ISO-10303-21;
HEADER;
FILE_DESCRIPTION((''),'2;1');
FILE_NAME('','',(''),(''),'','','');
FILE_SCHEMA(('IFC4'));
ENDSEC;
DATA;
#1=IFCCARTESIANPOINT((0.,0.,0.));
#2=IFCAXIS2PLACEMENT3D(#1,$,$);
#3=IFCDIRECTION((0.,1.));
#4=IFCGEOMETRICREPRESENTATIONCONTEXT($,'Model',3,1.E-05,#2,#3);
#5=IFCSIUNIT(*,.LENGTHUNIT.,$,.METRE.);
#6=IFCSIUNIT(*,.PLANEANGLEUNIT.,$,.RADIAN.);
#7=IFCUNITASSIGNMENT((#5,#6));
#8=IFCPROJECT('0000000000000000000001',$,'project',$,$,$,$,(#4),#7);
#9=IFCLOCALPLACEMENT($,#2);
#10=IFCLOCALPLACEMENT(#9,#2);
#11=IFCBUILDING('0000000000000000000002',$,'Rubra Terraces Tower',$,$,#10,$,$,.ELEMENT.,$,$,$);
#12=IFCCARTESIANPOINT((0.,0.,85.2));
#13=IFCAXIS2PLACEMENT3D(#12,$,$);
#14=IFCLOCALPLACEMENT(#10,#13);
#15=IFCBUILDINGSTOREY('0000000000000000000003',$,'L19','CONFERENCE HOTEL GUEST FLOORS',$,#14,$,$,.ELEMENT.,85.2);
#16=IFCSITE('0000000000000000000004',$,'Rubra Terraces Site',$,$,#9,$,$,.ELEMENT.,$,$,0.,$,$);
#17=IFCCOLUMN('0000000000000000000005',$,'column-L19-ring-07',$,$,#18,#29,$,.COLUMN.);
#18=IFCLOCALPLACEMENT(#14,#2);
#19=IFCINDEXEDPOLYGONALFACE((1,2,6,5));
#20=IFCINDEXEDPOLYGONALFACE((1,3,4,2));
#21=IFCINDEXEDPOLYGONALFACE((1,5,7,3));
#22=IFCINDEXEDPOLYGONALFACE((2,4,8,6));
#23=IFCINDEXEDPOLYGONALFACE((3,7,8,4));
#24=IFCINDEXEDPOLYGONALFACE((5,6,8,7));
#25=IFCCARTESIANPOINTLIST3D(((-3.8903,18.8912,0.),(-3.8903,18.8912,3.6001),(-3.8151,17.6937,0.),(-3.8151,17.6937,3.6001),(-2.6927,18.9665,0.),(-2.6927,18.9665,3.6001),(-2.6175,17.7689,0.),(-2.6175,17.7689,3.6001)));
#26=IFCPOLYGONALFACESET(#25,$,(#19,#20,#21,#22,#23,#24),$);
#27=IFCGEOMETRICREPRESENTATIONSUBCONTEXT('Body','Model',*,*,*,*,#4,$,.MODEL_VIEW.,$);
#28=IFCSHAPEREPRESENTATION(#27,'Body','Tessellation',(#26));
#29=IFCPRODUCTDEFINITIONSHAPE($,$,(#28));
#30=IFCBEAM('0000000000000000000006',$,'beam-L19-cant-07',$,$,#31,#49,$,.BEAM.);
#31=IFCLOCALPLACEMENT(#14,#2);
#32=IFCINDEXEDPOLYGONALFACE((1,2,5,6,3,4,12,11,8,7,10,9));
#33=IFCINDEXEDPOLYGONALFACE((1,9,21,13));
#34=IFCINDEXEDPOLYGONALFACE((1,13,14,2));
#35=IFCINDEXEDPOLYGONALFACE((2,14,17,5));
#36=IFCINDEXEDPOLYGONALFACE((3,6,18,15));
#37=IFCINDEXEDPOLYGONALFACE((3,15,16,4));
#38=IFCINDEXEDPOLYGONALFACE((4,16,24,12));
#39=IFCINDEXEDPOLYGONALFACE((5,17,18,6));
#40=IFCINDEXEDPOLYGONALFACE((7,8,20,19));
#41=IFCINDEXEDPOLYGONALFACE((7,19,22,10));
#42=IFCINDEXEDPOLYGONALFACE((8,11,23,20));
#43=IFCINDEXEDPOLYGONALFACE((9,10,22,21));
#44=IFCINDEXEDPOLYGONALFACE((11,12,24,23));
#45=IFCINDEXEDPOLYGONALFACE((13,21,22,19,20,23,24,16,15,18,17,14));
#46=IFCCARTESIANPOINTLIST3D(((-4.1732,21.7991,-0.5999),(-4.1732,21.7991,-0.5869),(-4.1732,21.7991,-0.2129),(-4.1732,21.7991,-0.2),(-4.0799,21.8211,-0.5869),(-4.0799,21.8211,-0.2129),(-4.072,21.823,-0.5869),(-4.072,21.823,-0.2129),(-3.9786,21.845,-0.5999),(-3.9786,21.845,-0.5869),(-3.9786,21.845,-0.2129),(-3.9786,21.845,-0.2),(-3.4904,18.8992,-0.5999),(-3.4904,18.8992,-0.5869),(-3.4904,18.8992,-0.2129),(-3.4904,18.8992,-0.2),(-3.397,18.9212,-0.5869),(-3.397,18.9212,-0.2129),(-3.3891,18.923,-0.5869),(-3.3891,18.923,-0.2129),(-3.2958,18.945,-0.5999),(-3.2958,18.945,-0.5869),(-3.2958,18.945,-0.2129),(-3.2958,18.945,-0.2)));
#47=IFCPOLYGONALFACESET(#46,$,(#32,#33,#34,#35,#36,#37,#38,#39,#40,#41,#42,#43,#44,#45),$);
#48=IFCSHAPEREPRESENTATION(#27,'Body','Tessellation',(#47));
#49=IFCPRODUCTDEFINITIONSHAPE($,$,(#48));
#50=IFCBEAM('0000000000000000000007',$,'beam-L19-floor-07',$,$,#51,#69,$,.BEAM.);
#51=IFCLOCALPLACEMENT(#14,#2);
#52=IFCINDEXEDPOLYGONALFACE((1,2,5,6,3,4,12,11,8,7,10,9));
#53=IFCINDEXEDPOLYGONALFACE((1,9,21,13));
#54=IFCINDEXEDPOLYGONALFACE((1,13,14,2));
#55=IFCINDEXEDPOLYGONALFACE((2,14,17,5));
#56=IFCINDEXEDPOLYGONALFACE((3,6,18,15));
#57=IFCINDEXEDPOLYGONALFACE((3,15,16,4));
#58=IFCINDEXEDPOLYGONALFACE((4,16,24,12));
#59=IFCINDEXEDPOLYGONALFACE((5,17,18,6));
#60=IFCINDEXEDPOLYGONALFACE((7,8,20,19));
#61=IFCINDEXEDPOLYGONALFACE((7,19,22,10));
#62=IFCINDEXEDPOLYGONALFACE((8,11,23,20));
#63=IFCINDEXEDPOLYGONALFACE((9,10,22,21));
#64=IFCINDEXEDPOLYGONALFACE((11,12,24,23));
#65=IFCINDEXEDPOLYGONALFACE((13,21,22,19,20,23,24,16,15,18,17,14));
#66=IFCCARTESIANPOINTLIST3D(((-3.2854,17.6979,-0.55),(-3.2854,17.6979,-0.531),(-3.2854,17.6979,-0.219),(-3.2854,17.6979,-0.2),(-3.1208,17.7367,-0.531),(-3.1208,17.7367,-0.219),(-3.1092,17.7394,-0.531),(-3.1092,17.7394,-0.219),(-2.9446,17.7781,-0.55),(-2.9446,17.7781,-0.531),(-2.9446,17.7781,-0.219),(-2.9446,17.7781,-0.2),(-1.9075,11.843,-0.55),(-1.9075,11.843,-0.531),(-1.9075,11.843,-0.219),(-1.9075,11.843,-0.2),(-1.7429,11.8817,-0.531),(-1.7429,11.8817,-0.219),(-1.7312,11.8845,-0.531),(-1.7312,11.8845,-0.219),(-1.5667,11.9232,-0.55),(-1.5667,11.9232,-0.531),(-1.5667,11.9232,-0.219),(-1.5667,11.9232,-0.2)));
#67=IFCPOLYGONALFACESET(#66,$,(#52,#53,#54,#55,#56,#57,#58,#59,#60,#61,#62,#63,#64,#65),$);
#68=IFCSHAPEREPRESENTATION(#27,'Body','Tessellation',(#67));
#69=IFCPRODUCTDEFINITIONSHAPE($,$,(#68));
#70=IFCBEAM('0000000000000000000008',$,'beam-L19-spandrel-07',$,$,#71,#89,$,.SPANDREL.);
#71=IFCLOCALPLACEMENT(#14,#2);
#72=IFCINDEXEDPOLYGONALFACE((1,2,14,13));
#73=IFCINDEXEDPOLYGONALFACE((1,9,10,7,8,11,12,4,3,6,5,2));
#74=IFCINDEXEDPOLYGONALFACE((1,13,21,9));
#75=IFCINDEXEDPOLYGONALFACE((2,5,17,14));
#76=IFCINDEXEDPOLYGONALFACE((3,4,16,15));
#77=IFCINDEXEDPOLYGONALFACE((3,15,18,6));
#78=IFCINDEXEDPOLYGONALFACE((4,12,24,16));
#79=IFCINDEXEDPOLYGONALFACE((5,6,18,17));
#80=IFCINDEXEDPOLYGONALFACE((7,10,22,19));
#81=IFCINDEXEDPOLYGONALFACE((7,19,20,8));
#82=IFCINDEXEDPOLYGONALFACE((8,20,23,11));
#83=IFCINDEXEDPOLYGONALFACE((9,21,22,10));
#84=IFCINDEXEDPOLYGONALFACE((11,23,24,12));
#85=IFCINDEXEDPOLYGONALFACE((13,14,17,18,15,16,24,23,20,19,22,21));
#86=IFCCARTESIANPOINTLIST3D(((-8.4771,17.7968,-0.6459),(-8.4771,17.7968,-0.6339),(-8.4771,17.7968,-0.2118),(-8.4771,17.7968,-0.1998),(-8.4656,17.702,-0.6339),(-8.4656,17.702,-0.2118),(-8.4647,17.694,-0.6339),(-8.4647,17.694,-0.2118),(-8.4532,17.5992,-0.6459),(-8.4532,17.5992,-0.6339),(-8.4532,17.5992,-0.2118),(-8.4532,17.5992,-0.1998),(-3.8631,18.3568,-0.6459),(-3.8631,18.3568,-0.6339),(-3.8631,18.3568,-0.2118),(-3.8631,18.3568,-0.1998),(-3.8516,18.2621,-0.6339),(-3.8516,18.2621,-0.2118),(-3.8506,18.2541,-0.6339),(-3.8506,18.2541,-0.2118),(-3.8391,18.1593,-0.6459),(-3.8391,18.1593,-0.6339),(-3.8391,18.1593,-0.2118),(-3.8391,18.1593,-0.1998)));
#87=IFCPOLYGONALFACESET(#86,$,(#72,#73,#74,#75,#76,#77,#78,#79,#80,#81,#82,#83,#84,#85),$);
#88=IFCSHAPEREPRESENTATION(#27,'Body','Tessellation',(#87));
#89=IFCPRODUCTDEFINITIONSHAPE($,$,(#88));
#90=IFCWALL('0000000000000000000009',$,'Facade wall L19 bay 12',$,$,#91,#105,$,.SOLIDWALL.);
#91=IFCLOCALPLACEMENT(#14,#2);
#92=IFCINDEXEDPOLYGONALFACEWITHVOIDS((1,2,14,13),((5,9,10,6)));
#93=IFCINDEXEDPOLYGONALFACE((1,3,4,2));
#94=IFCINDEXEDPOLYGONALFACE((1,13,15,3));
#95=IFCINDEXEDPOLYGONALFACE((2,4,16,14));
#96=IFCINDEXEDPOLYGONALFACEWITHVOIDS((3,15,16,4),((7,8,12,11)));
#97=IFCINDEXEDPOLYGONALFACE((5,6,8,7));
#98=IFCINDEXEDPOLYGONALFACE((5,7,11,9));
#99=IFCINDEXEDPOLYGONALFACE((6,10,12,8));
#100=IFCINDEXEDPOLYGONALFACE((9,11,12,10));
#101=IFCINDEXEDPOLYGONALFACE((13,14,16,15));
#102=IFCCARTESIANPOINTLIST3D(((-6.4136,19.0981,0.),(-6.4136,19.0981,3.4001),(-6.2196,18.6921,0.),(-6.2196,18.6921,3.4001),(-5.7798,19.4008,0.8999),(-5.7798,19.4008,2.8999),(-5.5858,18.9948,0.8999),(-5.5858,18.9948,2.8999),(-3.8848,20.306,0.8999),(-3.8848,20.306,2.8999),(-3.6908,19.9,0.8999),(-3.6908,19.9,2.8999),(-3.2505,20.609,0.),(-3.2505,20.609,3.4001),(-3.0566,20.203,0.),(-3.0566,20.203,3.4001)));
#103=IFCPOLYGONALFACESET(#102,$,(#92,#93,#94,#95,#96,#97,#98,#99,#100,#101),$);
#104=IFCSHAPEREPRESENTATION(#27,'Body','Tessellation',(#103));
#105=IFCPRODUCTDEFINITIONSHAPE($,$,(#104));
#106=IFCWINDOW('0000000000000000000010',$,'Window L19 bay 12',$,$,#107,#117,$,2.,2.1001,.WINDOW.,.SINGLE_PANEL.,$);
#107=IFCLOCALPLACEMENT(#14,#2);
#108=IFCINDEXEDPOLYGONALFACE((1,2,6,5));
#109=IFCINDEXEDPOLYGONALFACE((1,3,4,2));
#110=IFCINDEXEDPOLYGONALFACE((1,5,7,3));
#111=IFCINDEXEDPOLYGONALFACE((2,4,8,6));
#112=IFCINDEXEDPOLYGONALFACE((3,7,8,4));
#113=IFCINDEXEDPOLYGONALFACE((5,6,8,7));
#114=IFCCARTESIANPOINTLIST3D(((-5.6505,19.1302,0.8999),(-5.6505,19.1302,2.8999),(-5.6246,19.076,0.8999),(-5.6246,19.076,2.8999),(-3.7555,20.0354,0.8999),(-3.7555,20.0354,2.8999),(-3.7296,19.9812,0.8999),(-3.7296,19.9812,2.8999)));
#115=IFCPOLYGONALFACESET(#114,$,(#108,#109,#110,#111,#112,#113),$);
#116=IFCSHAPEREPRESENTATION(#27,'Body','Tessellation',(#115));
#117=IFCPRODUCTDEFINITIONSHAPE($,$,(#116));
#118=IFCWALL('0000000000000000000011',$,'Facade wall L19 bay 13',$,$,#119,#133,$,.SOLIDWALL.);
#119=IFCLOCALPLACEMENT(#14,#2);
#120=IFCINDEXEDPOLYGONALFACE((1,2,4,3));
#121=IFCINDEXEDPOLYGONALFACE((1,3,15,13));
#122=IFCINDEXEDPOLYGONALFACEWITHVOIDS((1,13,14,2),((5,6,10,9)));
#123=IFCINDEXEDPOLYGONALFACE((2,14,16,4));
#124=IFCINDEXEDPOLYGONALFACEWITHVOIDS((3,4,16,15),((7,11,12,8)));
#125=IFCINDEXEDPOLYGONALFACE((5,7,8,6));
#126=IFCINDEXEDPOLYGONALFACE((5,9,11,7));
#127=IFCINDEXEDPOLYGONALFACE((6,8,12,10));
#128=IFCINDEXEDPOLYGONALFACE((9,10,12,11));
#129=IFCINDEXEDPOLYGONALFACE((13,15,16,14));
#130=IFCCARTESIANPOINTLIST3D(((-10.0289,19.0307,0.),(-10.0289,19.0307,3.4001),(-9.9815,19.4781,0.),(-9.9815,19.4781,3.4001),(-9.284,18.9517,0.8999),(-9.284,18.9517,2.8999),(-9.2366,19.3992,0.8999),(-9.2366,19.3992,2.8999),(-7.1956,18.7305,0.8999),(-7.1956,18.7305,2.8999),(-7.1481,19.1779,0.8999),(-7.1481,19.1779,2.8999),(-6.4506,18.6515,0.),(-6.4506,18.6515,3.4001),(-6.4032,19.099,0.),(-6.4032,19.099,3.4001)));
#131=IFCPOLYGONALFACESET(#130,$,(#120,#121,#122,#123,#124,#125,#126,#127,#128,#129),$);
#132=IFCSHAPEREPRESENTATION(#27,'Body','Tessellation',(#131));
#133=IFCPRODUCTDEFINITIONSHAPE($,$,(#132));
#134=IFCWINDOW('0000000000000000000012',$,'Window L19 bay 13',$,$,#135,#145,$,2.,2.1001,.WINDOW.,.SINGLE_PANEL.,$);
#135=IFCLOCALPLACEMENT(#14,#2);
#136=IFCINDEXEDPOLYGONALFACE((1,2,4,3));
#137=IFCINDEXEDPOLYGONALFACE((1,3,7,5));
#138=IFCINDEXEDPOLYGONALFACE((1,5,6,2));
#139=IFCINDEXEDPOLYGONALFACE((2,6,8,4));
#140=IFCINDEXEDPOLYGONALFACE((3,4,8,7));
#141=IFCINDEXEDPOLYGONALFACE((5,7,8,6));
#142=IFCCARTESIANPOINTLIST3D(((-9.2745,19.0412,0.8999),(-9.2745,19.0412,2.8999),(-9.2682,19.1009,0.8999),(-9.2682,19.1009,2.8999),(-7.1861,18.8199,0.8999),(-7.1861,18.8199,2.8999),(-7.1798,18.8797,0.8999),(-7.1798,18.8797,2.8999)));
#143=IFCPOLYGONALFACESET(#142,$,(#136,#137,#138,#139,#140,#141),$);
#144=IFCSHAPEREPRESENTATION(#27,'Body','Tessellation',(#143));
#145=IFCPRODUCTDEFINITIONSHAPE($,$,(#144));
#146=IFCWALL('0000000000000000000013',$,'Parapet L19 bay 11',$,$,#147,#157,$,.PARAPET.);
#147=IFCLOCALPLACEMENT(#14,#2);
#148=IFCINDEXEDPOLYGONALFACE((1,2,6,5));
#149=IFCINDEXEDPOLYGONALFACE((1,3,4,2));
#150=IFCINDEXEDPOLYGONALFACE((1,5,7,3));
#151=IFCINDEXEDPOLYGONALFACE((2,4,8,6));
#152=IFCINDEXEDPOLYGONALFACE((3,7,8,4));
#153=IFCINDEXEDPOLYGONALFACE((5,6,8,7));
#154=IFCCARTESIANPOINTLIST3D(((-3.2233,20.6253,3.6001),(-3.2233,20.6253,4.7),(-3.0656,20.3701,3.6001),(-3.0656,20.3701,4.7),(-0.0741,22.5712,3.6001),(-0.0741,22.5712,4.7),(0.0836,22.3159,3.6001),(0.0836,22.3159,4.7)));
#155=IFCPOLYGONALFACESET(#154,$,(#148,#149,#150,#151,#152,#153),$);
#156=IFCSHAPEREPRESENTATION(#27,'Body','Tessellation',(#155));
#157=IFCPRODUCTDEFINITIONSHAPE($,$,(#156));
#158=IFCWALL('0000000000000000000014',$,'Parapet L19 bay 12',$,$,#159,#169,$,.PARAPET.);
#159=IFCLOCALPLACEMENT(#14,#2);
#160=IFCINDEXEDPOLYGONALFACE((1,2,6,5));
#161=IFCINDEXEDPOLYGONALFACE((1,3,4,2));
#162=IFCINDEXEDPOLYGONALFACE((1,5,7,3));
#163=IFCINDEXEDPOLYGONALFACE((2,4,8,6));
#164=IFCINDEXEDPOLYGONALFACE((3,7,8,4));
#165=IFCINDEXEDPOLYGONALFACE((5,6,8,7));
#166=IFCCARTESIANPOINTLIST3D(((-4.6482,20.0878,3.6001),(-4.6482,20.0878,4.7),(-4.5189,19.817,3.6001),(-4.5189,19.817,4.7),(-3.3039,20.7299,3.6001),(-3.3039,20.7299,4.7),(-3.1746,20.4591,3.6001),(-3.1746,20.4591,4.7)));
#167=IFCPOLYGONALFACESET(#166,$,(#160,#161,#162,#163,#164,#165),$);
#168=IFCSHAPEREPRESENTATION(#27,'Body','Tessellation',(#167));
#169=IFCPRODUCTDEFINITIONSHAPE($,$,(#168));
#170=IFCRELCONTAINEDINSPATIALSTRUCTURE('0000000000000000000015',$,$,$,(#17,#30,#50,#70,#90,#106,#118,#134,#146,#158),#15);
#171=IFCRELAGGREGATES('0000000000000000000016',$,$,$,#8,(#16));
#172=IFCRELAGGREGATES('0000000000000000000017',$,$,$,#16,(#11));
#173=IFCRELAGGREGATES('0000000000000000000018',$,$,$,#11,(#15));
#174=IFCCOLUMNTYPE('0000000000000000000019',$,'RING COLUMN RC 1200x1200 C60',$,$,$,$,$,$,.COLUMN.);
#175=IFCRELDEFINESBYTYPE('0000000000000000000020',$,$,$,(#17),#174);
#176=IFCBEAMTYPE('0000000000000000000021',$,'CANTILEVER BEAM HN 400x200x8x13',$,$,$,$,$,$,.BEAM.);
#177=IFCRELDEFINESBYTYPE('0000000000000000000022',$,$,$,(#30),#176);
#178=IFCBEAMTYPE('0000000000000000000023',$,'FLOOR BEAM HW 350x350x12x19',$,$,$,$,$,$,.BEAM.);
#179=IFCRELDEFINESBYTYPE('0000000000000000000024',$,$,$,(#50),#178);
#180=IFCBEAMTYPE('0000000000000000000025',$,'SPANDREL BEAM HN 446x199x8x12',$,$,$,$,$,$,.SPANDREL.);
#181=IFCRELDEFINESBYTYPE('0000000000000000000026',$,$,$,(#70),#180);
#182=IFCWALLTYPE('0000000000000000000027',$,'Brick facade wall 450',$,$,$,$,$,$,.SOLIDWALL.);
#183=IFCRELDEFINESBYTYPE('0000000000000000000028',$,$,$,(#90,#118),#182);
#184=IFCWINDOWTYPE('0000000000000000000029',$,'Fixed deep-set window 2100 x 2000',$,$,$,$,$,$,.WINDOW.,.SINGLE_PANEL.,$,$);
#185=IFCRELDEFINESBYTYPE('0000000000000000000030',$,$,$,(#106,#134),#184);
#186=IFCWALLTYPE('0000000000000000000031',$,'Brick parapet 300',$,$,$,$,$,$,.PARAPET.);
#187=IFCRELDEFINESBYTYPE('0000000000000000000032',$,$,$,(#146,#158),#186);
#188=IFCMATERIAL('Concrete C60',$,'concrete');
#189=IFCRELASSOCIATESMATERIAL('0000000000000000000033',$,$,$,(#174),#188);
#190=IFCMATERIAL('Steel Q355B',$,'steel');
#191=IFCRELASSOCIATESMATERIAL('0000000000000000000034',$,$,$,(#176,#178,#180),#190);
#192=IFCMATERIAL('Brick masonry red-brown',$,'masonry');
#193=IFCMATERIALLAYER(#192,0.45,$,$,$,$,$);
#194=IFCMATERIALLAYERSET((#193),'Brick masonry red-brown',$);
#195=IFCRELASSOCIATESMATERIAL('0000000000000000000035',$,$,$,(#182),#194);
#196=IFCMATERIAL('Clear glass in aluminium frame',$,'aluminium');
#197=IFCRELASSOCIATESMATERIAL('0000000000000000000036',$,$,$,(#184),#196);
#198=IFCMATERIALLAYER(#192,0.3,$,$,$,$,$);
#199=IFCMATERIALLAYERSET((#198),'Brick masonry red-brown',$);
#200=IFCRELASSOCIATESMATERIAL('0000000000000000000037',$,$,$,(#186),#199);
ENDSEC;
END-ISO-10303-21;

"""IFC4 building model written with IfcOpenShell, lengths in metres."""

from ifc_helpers import new_model, si_unit, direction, frame, frame_2d, origin, origin_2d, place, context, subcontext, project, spatial, rectangle, i_section, extrude, material, layer, layer_set, material_profile, profile_set, type_object, element, fill, save


model = new_model("IFC4")

# Units and contexts
model_context = context("Model", 3, precision=1e-05, world=origin(), true_north=direction((0.0, 1.0)))
body_context = subcontext(model_context, "Body", "Model", "MODEL_VIEW")
ifc_project = project(units=[si_unit("LENGTHUNIT", "METRE"), si_unit("PLANEANGLEUNIT", "RADIAN")], contexts=[model_context])

# Site, building, storey
site_placement = place(None, origin())
site = spatial("IfcSite", under=ifc_project, at=site_placement, Name="Rubra Terraces Site", CompositionType="ELEMENT", RefElevation=0.0)
building_placement = place(site_placement, origin())
building = spatial("IfcBuilding", under=site, at=building_placement, Name="Rubra Terraces Tower", CompositionType="ELEMENT")
storey_placement = place(building_placement, frame((0.0, 0.0, 85.2)))
storey = spatial("IfcBuildingStorey", under=building, at=storey_placement, Name="L19", Description="CONFERENCE HOTEL GUEST FLOORS", CompositionType="ELEMENT", Elevation=85.2)

# Column
ifc_material_1 = material(Name="Concrete C60", Category="concrete")
ifc_material_profile_1 = material_profile(ifc_material_1, rectangle(XDim=1.2, YDim=1.2, at=origin_2d()), Name="RC 1200x1200")
ifc_profile_set_1 = profile_set([ifc_material_profile_1], Name="Concrete C60")
column_type = type_object("IfcColumnType", Name="RING COLUMN RC 1200x1200 C60", PredefinedType="COLUMN", material=ifc_profile_set_1)
column_placement = place(storey_placement, frame((-3.2539, 18.3301, 0.0), z_axis=(0.0, 0.0, 1.0), x_axis=(-0.998032, -0.062714, 0.0)))
element("IfcColumn", 1, at=column_placement, inside=storey, type_object=column_type, Name="column-L19-ring-07", PredefinedType="COLUMN", context=body_context, shape_type="SweptSolid", body=[
    extrude(rectangle(XDim=1.2, YDim=1.2, at=origin_2d()), origin(), (0.0, 0.0, 1.0), 3.6001),
])

# Beams
ifc_material_2 = material(Name="Steel Q355B", Category="steel")
ifc_material_profile_2 = material_profile(ifc_material_2, i_section(OverallWidth=0.2, OverallDepth=0.3999, WebThickness=0.0081, FlangeThickness=0.0129, at=origin_2d()), Name="HN 400x200x8x13")
ifc_profile_set_2 = profile_set([ifc_material_profile_2], Name="Steel Q355B")
beam_type_1 = type_object("IfcBeamType", Name="CANTILEVER BEAM HN 400x200x8x13", PredefinedType="BEAM", material=ifc_profile_set_2)
beam_1_placement = place(storey_placement, frame((-3.3931, 18.9221, -0.3999), z_axis=(-0.229208, 0.973377, 0.0), x_axis=(-0.973377, -0.229208, 0.0)))
element("IfcBeam", 2, at=beam_1_placement, inside=storey, type_object=beam_type_1, Name="beam-L19-cant-07", PredefinedType="BEAM", context=body_context, shape_type="SweptSolid", body=[
    extrude(i_section(OverallWidth=0.2, OverallDepth=0.3999, WebThickness=0.0081, FlangeThickness=0.0129, at=origin_2d()), origin(), (0.0, 0.0, 1.0), 2.9792),
])
ifc_material_profile_3 = material_profile(ifc_material_2, i_section(OverallWidth=0.3501, OverallDepth=0.3501, WebThickness=0.012, FlangeThickness=0.019, at=origin_2d()), Name="HW 350x350x12x19")
ifc_profile_set_3 = profile_set([ifc_material_profile_3], Name="Steel Q355B")
beam_type_2 = type_object("IfcBeamType", Name="FLOOR BEAM HW 350x350x12x19", PredefinedType="BEAM", material=ifc_profile_set_3)
beam_2_placement = place(storey_placement, frame((-3.115, 17.738, -0.375), z_axis=(0.229085, -0.973407, 0.0), x_axis=(0.973407, 0.229085, 0.0)))
element("IfcBeam", 3, at=beam_2_placement, inside=storey, type_object=beam_type_2, Name="beam-L19-floor-07", PredefinedType="BEAM", context=body_context, shape_type="SweptSolid", body=[
    extrude(i_section(OverallWidth=0.3501, OverallDepth=0.3501, WebThickness=0.012, FlangeThickness=0.019, at=origin_2d()), origin(), (0.0, 0.0, 1.0), 6.0149),
])
ifc_material_profile_4 = material_profile(ifc_material_2, i_section(OverallWidth=0.199, OverallDepth=0.446, WebThickness=0.0081, FlangeThickness=0.012, at=origin_2d()), Name="HN 446x199x8x12")
ifc_profile_set_4 = profile_set([ifc_material_profile_4], Name="Steel Q355B")
beam_type_3 = type_object("IfcBeamType", Name="SPANDREL BEAM HN 446x199x8x12", PredefinedType="SPANDREL", material=ifc_profile_set_4)
beam_3_placement = place(storey_placement, frame((-3.8511, 18.2581, -0.4229), z_axis=(-0.992714, -0.120498, 0.0), x_axis=(0.120498, -0.992714, 0.0)))
element("IfcBeam", 4, at=beam_3_placement, inside=storey, type_object=beam_type_3, Name="beam-L19-spandrel-07", PredefinedType="SPANDREL", context=body_context, shape_type="SweptSolid", body=[
    extrude(i_section(OverallWidth=0.199, OverallDepth=0.446, WebThickness=0.0081, FlangeThickness=0.012, at=origin_2d()), origin(), (0.0, 0.0, 1.0), 4.6479),
])

# Walls, openings, windows
ifc_material_3 = material(Name="Brick masonry red-brown", Category="masonry")
ifc_layer_1 = layer(ifc_material_3, 0.45)
ifc_layer_set_1 = layer_set([ifc_layer_1], Name="Brick masonry red-brown")
wall_type_1 = type_object("IfcWallType", Name="Brick facade wall 450", PredefinedType="SOLIDWALL", material=ifc_layer_set_1)
wall_1_placement = place(storey_placement, frame((-3.1536, 20.406, 0.0), z_axis=(0.0, 0.0, 1.0), x_axis=(-0.902333, -0.431039, 0.0)))
wall_1 = element("IfcWall", 5, at=wall_1_placement, inside=storey, type_object=wall_type_1, Name="Facade wall L19 bay 12", PredefinedType="SOLIDWALL", context=body_context, shape_type="SweptSolid", body=[
    extrude(rectangle(XDim=3.5054, YDim=0.45, at=frame_2d((1.7527, 0.0))), origin(), (0.0, 0.0, 1.0), 3.4001),
])
opening_1_placement = place(wall_1_placement, frame((0.7029, 0.0, 0.8999)))
opening_1 = element("IfcOpeningElement", 6, at=opening_1_placement, cuts=wall_1, PredefinedType="OPENING", context=body_context, shape_type="SweptSolid", body=[
    extrude(rectangle(XDim=2.1001, YDim=2.0, at=frame_2d((1.05, 1.0))), frame((0.0, 0.2349, 0.0), z_axis=(0.0, -1.0, 0.0), x_axis=(1.0, 0.0, 0.0)), (0.0, 0.0, 1.0), 0.47),
])
ifc_material_4 = material(Name="Clear glass in aluminium frame", Category="aluminium")
window_type = type_object("IfcWindowType", Name="Fixed deep-set window 2100 x 2000", PartitioningType="SINGLE_PANEL", PredefinedType="WINDOW", material=ifc_material_4)
window_1_placement = place(opening_1_placement, origin())
window_1 = element("IfcWindow", 7, at=window_1_placement, inside=storey, type_object=window_type, Name="Window L19 bay 12", OverallHeight=2.0, OverallWidth=2.1001, PartitioningType="SINGLE_PANEL", PredefinedType="WINDOW", context=body_context, shape_type="SweptSolid", body=[
    extrude(rectangle(XDim=2.1001, YDim=2.0, at=frame_2d((1.05, 1.0))), frame((0.0, 0.135, 0.0), z_axis=(0.0, -1.0, 0.0), x_axis=(1.0, 0.0, 0.0)), (0.0, 0.0, 1.0), 0.0601),
])
fill(opening_1, window_1)
wall_2_placement = place(storey_placement, frame((-6.4268, 18.8752, 0.0), z_axis=(0.0, 0.0, 1.0), x_axis=(-0.994433, 0.105366, 0.0)))
wall_2 = element("IfcWall", 8, at=wall_2_placement, inside=storey, type_object=wall_type_1, Name="Facade wall L19 bay 13", PredefinedType="SOLIDWALL", context=body_context, shape_type="SweptSolid", body=[
    extrude(rectangle(XDim=3.5984, YDim=0.45, at=frame_2d((1.7993, 0.0))), origin(), (0.0, 0.0, 1.0), 3.4001),
])
opening_2_placement = place(wall_2_placement, frame((0.7493, 0.0, 0.8999)))
opening_2 = element("IfcOpeningElement", 9, at=opening_2_placement, cuts=wall_2, PredefinedType="OPENING", context=body_context, shape_type="SweptSolid", body=[
    extrude(rectangle(XDim=2.1001, YDim=2.0, at=frame_2d((1.05, 1.0))), frame((0.0, 0.2349, 0.0), z_axis=(0.0, -1.0, 0.0), x_axis=(1.0, 0.0, 0.0)), (0.0, 0.0, 1.0), 0.47),
])
window_2_placement = place(opening_2_placement, origin())
window_2 = element("IfcWindow", 10, at=window_2_placement, inside=storey, type_object=window_type, Name="Window L19 bay 13", OverallHeight=2.0, OverallWidth=2.1001, PartitioningType="SINGLE_PANEL", PredefinedType="WINDOW", context=body_context, shape_type="SweptSolid", body=[
    extrude(rectangle(XDim=2.1001, YDim=2.0, at=frame_2d((1.05, 1.0))), frame((0.0, 0.135, 0.0), z_axis=(0.0, -1.0, 0.0), x_axis=(1.0, 0.0, 0.0)), (0.0, 0.0, 1.0), 0.0601),
])
fill(opening_2, window_2)

# Walls
ifc_layer_2 = layer(ifc_material_3, 0.3)
ifc_layer_set_2 = layer_set([ifc_layer_2], Name="Brick masonry red-brown")
wall_type_2 = type_object("IfcWallType", Name="Brick parapet 300", PredefinedType="PARAPET", material=ifc_layer_set_2)
wall_3_placement = place(storey_placement, frame((0.0049, 22.4436, 3.6001), z_axis=(0.0, 0.0, 1.0), x_axis=(-0.85071, -0.525635, 0.0)))
element("IfcWall", 11, at=wall_3_placement, inside=storey, type_object=wall_type_2, Name="Parapet L19 bay 11", PredefinedType="PARAPET", context=body_context, shape_type="SweptSolid", body=[
    extrude(rectangle(XDim=3.7019, YDim=0.3, at=frame_2d((1.8511, 0.0))), origin(), (0.0, 0.0, 1.0), 1.0999),
])
wall_4_placement = place(storey_placement, frame((-3.2393, 20.5945, 3.6001), z_axis=(0.0, 0.0, 1.0), x_axis=(-0.902345, -0.431015, 0.0)))
element("IfcWall", 12, at=wall_4_placement, inside=storey, type_object=wall_type_2, Name="Parapet L19 bay 12", PredefinedType="PARAPET", context=body_context, shape_type="SweptSolid", body=[
    extrude(rectangle(XDim=1.4897, YDim=0.3, at=frame_2d((0.7449, 0.0))), origin(), (0.0, 0.0, 1.0), 1.0999),
])

save(model, "model.ifc")
